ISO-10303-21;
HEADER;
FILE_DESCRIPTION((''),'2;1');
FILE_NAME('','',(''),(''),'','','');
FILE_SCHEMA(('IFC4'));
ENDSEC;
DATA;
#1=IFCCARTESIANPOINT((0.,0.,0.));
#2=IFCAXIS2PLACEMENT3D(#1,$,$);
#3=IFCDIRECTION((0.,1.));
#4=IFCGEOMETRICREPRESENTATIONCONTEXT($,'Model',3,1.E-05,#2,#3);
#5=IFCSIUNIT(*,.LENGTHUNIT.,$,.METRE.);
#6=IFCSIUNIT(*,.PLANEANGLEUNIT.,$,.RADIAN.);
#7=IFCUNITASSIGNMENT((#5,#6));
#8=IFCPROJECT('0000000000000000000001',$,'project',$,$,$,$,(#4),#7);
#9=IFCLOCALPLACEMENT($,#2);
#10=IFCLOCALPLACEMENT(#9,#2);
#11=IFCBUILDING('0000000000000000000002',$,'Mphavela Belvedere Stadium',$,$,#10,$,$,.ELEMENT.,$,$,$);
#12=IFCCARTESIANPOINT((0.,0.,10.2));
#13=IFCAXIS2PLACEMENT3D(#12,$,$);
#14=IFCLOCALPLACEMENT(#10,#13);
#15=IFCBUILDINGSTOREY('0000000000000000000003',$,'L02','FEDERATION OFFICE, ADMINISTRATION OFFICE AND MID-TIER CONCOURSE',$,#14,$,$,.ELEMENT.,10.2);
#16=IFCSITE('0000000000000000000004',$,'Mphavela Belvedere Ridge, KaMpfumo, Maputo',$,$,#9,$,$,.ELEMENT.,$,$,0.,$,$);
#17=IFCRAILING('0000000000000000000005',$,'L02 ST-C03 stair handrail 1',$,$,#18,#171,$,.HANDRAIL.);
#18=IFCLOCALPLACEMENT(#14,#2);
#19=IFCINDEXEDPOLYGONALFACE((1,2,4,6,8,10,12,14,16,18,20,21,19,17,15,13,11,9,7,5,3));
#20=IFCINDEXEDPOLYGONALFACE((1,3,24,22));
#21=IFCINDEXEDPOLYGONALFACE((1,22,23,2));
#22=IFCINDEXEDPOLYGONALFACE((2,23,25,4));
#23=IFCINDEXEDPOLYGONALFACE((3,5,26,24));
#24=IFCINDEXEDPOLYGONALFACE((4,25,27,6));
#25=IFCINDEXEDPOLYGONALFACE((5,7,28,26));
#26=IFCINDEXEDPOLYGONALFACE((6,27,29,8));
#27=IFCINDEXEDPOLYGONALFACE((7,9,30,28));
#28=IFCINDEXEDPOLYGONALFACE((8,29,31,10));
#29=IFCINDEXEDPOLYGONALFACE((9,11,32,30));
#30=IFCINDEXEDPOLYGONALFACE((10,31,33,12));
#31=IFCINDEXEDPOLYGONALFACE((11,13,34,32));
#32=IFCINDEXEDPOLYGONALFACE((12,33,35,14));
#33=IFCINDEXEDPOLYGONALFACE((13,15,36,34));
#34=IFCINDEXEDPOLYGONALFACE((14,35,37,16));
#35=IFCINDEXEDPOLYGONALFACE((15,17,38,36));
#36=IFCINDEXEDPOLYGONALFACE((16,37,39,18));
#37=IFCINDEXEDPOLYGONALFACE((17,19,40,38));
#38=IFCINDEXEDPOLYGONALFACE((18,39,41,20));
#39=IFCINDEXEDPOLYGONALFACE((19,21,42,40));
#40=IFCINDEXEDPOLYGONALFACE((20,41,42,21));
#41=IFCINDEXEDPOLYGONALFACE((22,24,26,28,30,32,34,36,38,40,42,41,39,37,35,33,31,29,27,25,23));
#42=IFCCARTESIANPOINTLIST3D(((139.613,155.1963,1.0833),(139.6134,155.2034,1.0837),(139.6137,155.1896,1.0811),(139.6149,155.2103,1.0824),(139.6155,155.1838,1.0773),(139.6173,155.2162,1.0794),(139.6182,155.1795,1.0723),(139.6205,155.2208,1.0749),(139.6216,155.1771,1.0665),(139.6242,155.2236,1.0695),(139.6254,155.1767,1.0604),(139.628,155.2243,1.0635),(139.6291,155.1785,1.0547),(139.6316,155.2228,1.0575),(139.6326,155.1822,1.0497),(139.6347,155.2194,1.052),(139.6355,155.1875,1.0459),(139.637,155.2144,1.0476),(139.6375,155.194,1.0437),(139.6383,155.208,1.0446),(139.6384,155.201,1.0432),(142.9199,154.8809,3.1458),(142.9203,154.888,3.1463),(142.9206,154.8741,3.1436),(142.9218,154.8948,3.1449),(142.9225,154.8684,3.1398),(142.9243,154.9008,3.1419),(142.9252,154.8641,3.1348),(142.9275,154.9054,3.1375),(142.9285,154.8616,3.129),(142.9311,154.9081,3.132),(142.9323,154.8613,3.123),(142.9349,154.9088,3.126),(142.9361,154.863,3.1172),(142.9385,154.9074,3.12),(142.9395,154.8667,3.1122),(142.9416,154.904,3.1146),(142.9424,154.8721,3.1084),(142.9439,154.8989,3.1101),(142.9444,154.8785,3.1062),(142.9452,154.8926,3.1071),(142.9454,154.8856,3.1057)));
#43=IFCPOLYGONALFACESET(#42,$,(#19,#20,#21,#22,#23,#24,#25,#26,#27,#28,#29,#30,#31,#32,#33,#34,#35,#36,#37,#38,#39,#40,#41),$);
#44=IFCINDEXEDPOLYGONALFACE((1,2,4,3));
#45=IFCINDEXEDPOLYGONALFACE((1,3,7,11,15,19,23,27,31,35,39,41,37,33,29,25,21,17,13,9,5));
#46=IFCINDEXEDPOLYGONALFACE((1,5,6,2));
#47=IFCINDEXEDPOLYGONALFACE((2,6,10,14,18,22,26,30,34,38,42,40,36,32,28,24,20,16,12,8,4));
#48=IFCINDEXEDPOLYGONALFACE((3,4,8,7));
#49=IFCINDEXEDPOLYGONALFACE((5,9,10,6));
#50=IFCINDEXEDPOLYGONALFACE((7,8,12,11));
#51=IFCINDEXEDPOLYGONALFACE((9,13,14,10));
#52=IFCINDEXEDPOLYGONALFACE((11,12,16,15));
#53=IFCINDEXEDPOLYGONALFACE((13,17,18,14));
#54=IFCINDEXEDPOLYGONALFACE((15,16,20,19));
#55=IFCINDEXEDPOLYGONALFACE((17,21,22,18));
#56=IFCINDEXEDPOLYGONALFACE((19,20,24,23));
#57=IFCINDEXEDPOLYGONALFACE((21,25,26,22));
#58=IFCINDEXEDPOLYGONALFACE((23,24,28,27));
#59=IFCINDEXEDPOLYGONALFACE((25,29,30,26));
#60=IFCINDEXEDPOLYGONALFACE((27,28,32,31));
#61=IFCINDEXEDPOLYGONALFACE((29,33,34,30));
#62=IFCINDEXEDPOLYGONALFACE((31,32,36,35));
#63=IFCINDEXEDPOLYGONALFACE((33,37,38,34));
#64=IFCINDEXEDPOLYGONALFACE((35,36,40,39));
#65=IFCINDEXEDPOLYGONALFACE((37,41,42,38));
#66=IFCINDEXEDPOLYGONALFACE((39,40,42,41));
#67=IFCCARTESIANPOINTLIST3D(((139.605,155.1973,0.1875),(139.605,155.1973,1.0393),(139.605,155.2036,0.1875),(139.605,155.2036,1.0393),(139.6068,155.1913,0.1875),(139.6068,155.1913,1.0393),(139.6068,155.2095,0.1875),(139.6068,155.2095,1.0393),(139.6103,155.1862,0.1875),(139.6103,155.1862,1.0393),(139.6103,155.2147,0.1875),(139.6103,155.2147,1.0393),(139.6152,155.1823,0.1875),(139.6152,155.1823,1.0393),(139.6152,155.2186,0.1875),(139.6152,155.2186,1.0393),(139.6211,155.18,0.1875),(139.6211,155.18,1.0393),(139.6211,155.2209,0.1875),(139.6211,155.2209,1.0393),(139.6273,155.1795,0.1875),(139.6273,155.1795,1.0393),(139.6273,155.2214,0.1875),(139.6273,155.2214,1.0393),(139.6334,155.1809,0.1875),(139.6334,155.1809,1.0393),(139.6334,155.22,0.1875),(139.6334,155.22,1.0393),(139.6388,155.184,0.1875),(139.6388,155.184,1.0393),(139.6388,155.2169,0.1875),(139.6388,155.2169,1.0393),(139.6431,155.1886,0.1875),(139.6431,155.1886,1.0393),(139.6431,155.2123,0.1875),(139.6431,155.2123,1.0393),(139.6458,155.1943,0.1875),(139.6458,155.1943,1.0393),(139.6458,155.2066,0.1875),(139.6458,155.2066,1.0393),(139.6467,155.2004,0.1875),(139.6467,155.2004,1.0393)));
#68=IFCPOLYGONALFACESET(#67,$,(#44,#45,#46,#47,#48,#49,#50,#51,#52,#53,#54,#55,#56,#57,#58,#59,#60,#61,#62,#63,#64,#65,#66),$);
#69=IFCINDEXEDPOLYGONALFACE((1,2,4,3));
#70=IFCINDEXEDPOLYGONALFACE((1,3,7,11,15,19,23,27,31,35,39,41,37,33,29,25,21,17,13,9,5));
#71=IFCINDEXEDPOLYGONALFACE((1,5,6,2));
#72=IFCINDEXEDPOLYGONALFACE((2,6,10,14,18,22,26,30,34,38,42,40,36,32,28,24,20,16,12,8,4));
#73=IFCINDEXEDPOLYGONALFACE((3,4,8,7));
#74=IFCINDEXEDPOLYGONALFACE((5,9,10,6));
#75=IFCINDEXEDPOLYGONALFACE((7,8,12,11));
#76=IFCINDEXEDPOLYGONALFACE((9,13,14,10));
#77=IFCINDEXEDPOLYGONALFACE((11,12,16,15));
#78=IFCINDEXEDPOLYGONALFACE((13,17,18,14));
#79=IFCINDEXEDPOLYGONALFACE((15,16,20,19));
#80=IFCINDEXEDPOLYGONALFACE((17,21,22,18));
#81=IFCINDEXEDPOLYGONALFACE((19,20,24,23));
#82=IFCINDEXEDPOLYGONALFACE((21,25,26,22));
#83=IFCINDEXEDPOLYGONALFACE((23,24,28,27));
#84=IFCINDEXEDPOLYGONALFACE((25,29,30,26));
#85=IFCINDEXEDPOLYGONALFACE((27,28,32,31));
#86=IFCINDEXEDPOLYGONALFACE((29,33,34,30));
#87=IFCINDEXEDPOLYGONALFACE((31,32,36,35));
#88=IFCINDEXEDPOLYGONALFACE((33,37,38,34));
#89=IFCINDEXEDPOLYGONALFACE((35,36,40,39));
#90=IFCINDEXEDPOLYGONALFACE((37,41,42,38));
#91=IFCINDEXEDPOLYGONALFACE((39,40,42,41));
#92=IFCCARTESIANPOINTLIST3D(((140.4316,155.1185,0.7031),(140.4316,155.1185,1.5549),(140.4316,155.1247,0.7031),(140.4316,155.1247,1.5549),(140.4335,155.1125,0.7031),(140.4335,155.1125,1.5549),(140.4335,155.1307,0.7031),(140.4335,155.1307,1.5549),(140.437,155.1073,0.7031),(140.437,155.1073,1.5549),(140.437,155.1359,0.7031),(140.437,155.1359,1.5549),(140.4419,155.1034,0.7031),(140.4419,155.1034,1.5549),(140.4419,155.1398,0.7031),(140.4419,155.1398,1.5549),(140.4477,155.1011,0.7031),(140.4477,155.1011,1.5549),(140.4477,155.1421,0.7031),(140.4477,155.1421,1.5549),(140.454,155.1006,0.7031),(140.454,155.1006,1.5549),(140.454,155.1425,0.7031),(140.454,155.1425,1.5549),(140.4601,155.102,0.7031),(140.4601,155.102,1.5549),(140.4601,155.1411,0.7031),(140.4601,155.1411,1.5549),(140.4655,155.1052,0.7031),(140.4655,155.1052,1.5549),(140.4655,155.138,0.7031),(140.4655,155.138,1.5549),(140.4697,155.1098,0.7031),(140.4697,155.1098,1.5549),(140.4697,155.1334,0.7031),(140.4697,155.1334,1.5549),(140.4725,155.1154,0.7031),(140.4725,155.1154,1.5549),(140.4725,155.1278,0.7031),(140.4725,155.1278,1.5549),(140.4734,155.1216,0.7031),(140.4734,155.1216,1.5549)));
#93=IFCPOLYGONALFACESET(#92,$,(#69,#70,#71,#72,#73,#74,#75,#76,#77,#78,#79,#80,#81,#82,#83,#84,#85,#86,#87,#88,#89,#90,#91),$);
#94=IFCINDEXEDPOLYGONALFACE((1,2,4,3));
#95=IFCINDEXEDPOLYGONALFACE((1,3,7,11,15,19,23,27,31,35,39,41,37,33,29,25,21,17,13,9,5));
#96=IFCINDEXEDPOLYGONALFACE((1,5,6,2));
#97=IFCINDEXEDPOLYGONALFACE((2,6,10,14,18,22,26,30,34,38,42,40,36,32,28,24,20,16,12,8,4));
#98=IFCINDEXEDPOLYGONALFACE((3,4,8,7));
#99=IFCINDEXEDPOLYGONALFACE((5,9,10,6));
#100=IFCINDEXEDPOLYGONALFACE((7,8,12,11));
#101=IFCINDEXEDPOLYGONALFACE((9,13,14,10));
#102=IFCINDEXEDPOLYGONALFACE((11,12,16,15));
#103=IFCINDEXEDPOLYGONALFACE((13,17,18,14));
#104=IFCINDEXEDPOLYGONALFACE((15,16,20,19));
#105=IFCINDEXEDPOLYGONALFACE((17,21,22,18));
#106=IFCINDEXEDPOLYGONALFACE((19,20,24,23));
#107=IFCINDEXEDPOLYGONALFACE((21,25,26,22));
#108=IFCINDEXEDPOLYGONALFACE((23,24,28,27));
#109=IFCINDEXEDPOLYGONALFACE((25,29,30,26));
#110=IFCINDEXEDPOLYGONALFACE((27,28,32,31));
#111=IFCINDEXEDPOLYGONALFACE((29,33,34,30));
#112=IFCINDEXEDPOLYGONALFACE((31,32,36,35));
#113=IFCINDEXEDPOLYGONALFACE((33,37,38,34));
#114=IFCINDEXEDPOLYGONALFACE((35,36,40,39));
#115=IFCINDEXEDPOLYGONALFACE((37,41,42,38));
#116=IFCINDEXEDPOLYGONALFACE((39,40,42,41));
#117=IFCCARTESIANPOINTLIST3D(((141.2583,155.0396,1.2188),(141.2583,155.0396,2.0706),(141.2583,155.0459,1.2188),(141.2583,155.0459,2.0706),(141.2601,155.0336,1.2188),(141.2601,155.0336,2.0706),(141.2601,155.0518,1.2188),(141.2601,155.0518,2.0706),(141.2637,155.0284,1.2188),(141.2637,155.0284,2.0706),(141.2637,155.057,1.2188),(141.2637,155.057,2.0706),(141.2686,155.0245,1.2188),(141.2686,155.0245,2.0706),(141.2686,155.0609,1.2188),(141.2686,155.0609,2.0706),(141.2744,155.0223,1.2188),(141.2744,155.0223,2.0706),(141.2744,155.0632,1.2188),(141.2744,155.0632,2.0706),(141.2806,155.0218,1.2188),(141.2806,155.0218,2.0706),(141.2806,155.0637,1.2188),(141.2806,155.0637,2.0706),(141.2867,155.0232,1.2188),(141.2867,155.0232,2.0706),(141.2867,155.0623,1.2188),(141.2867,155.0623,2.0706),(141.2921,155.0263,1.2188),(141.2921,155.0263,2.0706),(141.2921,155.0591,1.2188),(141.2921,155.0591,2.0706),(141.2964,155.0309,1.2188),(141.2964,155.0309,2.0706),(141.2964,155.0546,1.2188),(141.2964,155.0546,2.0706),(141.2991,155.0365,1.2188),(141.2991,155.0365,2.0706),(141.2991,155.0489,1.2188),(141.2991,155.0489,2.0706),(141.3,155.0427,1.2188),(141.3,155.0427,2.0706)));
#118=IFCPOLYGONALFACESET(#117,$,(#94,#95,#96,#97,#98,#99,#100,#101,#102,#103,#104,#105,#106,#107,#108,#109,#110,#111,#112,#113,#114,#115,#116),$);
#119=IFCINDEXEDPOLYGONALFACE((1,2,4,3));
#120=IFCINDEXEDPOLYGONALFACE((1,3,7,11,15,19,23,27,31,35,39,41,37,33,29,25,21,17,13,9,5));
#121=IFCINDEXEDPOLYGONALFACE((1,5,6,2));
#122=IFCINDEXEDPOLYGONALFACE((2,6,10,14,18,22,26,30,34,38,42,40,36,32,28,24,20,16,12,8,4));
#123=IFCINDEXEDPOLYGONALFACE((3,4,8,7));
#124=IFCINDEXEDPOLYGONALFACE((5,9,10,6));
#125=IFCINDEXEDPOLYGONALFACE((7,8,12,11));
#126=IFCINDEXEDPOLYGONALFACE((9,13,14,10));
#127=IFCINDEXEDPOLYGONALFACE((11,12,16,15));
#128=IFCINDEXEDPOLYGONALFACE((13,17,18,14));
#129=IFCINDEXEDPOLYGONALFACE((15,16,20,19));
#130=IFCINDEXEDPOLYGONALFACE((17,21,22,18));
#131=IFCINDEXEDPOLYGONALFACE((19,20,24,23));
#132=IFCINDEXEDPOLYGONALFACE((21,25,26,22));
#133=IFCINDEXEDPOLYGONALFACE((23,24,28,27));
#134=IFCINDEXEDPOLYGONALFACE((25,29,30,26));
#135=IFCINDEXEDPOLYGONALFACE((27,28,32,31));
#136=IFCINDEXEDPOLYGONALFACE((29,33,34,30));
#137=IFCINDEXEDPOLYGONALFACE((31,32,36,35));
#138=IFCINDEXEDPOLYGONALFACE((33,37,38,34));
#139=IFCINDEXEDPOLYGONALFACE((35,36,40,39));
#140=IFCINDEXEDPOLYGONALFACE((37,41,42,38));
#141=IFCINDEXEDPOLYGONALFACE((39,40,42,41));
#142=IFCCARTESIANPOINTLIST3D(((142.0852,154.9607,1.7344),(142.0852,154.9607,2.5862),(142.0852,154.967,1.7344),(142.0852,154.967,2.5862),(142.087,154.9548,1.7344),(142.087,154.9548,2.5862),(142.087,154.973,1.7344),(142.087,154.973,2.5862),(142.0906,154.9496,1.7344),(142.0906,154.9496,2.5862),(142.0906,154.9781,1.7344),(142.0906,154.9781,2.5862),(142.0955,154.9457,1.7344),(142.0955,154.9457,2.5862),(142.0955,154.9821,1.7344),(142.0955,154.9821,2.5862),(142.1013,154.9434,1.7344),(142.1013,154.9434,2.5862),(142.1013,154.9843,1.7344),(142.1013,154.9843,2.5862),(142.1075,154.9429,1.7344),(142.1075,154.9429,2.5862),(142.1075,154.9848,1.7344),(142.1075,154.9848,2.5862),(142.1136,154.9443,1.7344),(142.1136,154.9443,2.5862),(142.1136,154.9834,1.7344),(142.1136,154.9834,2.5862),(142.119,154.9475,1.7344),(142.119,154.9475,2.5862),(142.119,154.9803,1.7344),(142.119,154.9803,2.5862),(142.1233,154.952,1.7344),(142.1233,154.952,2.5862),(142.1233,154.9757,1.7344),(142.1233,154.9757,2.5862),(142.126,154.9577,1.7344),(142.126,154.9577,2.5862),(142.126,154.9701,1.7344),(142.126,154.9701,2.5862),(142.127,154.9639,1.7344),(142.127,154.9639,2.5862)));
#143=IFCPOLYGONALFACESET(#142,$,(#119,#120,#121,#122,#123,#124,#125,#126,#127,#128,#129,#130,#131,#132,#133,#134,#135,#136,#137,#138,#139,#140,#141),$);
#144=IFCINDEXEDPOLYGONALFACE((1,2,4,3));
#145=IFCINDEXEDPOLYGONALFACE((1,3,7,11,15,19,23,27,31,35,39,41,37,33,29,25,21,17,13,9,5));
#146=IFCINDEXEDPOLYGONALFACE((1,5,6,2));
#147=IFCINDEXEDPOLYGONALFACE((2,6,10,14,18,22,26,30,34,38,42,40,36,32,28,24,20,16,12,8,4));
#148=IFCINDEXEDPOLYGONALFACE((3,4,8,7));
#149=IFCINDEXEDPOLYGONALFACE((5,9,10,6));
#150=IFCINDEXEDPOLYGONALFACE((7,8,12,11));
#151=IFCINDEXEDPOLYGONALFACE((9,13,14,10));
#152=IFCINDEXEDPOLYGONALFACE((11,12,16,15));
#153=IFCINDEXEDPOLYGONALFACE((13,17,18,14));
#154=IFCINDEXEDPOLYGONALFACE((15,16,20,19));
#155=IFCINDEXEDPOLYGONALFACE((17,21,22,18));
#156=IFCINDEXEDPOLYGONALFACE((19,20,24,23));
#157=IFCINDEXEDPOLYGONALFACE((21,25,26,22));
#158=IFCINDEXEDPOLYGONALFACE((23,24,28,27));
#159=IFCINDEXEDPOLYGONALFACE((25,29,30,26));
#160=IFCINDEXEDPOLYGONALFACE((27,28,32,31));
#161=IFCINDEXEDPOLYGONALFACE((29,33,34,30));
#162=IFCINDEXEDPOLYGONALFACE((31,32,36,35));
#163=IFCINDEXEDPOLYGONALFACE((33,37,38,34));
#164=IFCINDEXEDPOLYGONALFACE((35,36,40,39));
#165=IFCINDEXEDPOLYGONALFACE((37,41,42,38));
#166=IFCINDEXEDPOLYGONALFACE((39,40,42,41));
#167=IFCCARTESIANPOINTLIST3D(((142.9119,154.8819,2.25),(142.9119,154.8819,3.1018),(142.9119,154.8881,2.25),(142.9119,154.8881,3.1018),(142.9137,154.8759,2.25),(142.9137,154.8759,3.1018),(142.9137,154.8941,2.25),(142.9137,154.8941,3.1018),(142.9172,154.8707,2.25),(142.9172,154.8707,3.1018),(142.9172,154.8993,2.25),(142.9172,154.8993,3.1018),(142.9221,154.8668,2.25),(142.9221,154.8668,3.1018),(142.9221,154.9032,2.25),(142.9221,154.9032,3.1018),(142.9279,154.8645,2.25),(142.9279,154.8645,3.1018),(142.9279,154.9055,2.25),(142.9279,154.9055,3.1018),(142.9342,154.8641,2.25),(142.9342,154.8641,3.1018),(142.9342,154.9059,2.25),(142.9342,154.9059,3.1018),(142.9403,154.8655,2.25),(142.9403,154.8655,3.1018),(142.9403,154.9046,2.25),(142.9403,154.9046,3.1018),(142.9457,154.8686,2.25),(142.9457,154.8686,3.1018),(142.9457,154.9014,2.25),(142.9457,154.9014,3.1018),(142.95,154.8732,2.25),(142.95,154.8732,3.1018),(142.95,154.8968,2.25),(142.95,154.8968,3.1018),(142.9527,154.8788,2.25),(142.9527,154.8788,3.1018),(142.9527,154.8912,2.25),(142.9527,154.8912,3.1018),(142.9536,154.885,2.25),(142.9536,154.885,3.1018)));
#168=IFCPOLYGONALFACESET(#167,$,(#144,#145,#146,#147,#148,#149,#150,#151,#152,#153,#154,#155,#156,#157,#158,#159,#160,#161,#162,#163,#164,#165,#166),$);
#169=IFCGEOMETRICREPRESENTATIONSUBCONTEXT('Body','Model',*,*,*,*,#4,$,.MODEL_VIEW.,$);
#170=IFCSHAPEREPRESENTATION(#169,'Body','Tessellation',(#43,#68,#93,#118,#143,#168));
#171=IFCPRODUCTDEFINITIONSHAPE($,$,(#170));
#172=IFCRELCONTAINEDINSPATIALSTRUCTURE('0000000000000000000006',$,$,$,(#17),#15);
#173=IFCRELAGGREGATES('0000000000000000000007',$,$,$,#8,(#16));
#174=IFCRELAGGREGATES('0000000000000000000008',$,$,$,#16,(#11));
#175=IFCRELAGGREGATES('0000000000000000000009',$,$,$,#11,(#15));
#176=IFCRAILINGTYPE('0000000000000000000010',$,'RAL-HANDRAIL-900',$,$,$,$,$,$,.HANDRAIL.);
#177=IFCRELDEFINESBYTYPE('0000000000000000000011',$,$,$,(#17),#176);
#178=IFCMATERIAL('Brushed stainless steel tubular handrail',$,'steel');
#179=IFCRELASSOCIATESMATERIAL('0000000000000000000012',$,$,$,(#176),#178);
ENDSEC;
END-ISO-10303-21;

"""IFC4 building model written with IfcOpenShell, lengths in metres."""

from ifc_helpers import new_model, si_unit, direction, frame, origin, origin_2d, place, context, subcontext, project, spatial, circle, extrude, material, type_object, element, save


model = new_model("IFC4")

# Units and contexts
model_context = context("Model", 3, precision=1e-05, world=origin(), true_north=direction((0.0, 1.0)))
body_context = subcontext(model_context, "Body", "Model", "MODEL_VIEW")
ifc_project = project(units=[si_unit("LENGTHUNIT", "METRE"), si_unit("PLANEANGLEUNIT", "RADIAN")], contexts=[model_context])

# Site, building, storey
site_placement = place(None, origin())
site = spatial("IfcSite", under=ifc_project, at=site_placement, Name="Mphavela Belvedere Ridge, KaMpfumo, Maputo", CompositionType="ELEMENT", RefElevation=0.0)
building_placement = place(site_placement, origin())
building = spatial("IfcBuilding", under=site, at=building_placement, Name="Mphavela Belvedere Stadium", CompositionType="ELEMENT")
storey_placement = place(building_placement, frame((0.0, 0.0, 10.2)))
storey = spatial("IfcBuildingStorey", under=building, at=storey_placement, Name="L02", Description="FEDERATION OFFICE, ADMINISTRATION OFFICE AND MID-TIER CONCOURSE", CompositionType="ELEMENT", Elevation=10.2)

# Railing
ifc_material_1 = material(Name="Brushed stainless steel tubular handrail", Category="steel")
railing_type_1 = type_object("IfcRailingType", Name="RAL-HANDRAIL-900", PredefinedType="HANDRAIL", material=ifc_material_1)
railing_1_placement = place(storey_placement, frame((139.6257, 155.2004, 0.1875)))
element("IfcRailing", 1, at=railing_1_placement, inside=storey, type_object=railing_type_1, Name="L02 ST-C03 stair handrail 1", PredefinedType="HANDRAIL", context=body_context, shape_type="SweptSolid", body=[
    extrude(circle(Radius=0.0239, at=origin_2d()), frame((0.0, 0.0, 0.876), z_axis=(0.845729, -0.08067, 0.52748), x_axis=(0.094955, 0.995482, 0.0)), (0.0, 0.0, 1.0), 3.9102),
    extrude(circle(Radius=0.021, at=origin_2d()), origin(), (0.0, 0.0, 1.0), 0.8518),
    extrude(circle(Radius=0.021, at=origin_2d()), frame((0.8267, -0.0789, 0.5156)), (0.0, 0.0, 1.0), 0.8518),
    extrude(circle(Radius=0.021, at=origin_2d()), frame((1.6533, -0.1577, 1.0312)), (0.0, 0.0, 1.0), 0.8518),
    extrude(circle(Radius=0.021, at=origin_2d()), frame((2.4802, -0.2366, 1.5469)), (0.0, 0.0, 1.0), 0.8518),
    extrude(circle(Radius=0.021, at=origin_2d()), frame((3.3069, -0.3154, 2.0625)), (0.0, 0.0, 1.0), 0.8518),
])

save(model, "model.ifc")
